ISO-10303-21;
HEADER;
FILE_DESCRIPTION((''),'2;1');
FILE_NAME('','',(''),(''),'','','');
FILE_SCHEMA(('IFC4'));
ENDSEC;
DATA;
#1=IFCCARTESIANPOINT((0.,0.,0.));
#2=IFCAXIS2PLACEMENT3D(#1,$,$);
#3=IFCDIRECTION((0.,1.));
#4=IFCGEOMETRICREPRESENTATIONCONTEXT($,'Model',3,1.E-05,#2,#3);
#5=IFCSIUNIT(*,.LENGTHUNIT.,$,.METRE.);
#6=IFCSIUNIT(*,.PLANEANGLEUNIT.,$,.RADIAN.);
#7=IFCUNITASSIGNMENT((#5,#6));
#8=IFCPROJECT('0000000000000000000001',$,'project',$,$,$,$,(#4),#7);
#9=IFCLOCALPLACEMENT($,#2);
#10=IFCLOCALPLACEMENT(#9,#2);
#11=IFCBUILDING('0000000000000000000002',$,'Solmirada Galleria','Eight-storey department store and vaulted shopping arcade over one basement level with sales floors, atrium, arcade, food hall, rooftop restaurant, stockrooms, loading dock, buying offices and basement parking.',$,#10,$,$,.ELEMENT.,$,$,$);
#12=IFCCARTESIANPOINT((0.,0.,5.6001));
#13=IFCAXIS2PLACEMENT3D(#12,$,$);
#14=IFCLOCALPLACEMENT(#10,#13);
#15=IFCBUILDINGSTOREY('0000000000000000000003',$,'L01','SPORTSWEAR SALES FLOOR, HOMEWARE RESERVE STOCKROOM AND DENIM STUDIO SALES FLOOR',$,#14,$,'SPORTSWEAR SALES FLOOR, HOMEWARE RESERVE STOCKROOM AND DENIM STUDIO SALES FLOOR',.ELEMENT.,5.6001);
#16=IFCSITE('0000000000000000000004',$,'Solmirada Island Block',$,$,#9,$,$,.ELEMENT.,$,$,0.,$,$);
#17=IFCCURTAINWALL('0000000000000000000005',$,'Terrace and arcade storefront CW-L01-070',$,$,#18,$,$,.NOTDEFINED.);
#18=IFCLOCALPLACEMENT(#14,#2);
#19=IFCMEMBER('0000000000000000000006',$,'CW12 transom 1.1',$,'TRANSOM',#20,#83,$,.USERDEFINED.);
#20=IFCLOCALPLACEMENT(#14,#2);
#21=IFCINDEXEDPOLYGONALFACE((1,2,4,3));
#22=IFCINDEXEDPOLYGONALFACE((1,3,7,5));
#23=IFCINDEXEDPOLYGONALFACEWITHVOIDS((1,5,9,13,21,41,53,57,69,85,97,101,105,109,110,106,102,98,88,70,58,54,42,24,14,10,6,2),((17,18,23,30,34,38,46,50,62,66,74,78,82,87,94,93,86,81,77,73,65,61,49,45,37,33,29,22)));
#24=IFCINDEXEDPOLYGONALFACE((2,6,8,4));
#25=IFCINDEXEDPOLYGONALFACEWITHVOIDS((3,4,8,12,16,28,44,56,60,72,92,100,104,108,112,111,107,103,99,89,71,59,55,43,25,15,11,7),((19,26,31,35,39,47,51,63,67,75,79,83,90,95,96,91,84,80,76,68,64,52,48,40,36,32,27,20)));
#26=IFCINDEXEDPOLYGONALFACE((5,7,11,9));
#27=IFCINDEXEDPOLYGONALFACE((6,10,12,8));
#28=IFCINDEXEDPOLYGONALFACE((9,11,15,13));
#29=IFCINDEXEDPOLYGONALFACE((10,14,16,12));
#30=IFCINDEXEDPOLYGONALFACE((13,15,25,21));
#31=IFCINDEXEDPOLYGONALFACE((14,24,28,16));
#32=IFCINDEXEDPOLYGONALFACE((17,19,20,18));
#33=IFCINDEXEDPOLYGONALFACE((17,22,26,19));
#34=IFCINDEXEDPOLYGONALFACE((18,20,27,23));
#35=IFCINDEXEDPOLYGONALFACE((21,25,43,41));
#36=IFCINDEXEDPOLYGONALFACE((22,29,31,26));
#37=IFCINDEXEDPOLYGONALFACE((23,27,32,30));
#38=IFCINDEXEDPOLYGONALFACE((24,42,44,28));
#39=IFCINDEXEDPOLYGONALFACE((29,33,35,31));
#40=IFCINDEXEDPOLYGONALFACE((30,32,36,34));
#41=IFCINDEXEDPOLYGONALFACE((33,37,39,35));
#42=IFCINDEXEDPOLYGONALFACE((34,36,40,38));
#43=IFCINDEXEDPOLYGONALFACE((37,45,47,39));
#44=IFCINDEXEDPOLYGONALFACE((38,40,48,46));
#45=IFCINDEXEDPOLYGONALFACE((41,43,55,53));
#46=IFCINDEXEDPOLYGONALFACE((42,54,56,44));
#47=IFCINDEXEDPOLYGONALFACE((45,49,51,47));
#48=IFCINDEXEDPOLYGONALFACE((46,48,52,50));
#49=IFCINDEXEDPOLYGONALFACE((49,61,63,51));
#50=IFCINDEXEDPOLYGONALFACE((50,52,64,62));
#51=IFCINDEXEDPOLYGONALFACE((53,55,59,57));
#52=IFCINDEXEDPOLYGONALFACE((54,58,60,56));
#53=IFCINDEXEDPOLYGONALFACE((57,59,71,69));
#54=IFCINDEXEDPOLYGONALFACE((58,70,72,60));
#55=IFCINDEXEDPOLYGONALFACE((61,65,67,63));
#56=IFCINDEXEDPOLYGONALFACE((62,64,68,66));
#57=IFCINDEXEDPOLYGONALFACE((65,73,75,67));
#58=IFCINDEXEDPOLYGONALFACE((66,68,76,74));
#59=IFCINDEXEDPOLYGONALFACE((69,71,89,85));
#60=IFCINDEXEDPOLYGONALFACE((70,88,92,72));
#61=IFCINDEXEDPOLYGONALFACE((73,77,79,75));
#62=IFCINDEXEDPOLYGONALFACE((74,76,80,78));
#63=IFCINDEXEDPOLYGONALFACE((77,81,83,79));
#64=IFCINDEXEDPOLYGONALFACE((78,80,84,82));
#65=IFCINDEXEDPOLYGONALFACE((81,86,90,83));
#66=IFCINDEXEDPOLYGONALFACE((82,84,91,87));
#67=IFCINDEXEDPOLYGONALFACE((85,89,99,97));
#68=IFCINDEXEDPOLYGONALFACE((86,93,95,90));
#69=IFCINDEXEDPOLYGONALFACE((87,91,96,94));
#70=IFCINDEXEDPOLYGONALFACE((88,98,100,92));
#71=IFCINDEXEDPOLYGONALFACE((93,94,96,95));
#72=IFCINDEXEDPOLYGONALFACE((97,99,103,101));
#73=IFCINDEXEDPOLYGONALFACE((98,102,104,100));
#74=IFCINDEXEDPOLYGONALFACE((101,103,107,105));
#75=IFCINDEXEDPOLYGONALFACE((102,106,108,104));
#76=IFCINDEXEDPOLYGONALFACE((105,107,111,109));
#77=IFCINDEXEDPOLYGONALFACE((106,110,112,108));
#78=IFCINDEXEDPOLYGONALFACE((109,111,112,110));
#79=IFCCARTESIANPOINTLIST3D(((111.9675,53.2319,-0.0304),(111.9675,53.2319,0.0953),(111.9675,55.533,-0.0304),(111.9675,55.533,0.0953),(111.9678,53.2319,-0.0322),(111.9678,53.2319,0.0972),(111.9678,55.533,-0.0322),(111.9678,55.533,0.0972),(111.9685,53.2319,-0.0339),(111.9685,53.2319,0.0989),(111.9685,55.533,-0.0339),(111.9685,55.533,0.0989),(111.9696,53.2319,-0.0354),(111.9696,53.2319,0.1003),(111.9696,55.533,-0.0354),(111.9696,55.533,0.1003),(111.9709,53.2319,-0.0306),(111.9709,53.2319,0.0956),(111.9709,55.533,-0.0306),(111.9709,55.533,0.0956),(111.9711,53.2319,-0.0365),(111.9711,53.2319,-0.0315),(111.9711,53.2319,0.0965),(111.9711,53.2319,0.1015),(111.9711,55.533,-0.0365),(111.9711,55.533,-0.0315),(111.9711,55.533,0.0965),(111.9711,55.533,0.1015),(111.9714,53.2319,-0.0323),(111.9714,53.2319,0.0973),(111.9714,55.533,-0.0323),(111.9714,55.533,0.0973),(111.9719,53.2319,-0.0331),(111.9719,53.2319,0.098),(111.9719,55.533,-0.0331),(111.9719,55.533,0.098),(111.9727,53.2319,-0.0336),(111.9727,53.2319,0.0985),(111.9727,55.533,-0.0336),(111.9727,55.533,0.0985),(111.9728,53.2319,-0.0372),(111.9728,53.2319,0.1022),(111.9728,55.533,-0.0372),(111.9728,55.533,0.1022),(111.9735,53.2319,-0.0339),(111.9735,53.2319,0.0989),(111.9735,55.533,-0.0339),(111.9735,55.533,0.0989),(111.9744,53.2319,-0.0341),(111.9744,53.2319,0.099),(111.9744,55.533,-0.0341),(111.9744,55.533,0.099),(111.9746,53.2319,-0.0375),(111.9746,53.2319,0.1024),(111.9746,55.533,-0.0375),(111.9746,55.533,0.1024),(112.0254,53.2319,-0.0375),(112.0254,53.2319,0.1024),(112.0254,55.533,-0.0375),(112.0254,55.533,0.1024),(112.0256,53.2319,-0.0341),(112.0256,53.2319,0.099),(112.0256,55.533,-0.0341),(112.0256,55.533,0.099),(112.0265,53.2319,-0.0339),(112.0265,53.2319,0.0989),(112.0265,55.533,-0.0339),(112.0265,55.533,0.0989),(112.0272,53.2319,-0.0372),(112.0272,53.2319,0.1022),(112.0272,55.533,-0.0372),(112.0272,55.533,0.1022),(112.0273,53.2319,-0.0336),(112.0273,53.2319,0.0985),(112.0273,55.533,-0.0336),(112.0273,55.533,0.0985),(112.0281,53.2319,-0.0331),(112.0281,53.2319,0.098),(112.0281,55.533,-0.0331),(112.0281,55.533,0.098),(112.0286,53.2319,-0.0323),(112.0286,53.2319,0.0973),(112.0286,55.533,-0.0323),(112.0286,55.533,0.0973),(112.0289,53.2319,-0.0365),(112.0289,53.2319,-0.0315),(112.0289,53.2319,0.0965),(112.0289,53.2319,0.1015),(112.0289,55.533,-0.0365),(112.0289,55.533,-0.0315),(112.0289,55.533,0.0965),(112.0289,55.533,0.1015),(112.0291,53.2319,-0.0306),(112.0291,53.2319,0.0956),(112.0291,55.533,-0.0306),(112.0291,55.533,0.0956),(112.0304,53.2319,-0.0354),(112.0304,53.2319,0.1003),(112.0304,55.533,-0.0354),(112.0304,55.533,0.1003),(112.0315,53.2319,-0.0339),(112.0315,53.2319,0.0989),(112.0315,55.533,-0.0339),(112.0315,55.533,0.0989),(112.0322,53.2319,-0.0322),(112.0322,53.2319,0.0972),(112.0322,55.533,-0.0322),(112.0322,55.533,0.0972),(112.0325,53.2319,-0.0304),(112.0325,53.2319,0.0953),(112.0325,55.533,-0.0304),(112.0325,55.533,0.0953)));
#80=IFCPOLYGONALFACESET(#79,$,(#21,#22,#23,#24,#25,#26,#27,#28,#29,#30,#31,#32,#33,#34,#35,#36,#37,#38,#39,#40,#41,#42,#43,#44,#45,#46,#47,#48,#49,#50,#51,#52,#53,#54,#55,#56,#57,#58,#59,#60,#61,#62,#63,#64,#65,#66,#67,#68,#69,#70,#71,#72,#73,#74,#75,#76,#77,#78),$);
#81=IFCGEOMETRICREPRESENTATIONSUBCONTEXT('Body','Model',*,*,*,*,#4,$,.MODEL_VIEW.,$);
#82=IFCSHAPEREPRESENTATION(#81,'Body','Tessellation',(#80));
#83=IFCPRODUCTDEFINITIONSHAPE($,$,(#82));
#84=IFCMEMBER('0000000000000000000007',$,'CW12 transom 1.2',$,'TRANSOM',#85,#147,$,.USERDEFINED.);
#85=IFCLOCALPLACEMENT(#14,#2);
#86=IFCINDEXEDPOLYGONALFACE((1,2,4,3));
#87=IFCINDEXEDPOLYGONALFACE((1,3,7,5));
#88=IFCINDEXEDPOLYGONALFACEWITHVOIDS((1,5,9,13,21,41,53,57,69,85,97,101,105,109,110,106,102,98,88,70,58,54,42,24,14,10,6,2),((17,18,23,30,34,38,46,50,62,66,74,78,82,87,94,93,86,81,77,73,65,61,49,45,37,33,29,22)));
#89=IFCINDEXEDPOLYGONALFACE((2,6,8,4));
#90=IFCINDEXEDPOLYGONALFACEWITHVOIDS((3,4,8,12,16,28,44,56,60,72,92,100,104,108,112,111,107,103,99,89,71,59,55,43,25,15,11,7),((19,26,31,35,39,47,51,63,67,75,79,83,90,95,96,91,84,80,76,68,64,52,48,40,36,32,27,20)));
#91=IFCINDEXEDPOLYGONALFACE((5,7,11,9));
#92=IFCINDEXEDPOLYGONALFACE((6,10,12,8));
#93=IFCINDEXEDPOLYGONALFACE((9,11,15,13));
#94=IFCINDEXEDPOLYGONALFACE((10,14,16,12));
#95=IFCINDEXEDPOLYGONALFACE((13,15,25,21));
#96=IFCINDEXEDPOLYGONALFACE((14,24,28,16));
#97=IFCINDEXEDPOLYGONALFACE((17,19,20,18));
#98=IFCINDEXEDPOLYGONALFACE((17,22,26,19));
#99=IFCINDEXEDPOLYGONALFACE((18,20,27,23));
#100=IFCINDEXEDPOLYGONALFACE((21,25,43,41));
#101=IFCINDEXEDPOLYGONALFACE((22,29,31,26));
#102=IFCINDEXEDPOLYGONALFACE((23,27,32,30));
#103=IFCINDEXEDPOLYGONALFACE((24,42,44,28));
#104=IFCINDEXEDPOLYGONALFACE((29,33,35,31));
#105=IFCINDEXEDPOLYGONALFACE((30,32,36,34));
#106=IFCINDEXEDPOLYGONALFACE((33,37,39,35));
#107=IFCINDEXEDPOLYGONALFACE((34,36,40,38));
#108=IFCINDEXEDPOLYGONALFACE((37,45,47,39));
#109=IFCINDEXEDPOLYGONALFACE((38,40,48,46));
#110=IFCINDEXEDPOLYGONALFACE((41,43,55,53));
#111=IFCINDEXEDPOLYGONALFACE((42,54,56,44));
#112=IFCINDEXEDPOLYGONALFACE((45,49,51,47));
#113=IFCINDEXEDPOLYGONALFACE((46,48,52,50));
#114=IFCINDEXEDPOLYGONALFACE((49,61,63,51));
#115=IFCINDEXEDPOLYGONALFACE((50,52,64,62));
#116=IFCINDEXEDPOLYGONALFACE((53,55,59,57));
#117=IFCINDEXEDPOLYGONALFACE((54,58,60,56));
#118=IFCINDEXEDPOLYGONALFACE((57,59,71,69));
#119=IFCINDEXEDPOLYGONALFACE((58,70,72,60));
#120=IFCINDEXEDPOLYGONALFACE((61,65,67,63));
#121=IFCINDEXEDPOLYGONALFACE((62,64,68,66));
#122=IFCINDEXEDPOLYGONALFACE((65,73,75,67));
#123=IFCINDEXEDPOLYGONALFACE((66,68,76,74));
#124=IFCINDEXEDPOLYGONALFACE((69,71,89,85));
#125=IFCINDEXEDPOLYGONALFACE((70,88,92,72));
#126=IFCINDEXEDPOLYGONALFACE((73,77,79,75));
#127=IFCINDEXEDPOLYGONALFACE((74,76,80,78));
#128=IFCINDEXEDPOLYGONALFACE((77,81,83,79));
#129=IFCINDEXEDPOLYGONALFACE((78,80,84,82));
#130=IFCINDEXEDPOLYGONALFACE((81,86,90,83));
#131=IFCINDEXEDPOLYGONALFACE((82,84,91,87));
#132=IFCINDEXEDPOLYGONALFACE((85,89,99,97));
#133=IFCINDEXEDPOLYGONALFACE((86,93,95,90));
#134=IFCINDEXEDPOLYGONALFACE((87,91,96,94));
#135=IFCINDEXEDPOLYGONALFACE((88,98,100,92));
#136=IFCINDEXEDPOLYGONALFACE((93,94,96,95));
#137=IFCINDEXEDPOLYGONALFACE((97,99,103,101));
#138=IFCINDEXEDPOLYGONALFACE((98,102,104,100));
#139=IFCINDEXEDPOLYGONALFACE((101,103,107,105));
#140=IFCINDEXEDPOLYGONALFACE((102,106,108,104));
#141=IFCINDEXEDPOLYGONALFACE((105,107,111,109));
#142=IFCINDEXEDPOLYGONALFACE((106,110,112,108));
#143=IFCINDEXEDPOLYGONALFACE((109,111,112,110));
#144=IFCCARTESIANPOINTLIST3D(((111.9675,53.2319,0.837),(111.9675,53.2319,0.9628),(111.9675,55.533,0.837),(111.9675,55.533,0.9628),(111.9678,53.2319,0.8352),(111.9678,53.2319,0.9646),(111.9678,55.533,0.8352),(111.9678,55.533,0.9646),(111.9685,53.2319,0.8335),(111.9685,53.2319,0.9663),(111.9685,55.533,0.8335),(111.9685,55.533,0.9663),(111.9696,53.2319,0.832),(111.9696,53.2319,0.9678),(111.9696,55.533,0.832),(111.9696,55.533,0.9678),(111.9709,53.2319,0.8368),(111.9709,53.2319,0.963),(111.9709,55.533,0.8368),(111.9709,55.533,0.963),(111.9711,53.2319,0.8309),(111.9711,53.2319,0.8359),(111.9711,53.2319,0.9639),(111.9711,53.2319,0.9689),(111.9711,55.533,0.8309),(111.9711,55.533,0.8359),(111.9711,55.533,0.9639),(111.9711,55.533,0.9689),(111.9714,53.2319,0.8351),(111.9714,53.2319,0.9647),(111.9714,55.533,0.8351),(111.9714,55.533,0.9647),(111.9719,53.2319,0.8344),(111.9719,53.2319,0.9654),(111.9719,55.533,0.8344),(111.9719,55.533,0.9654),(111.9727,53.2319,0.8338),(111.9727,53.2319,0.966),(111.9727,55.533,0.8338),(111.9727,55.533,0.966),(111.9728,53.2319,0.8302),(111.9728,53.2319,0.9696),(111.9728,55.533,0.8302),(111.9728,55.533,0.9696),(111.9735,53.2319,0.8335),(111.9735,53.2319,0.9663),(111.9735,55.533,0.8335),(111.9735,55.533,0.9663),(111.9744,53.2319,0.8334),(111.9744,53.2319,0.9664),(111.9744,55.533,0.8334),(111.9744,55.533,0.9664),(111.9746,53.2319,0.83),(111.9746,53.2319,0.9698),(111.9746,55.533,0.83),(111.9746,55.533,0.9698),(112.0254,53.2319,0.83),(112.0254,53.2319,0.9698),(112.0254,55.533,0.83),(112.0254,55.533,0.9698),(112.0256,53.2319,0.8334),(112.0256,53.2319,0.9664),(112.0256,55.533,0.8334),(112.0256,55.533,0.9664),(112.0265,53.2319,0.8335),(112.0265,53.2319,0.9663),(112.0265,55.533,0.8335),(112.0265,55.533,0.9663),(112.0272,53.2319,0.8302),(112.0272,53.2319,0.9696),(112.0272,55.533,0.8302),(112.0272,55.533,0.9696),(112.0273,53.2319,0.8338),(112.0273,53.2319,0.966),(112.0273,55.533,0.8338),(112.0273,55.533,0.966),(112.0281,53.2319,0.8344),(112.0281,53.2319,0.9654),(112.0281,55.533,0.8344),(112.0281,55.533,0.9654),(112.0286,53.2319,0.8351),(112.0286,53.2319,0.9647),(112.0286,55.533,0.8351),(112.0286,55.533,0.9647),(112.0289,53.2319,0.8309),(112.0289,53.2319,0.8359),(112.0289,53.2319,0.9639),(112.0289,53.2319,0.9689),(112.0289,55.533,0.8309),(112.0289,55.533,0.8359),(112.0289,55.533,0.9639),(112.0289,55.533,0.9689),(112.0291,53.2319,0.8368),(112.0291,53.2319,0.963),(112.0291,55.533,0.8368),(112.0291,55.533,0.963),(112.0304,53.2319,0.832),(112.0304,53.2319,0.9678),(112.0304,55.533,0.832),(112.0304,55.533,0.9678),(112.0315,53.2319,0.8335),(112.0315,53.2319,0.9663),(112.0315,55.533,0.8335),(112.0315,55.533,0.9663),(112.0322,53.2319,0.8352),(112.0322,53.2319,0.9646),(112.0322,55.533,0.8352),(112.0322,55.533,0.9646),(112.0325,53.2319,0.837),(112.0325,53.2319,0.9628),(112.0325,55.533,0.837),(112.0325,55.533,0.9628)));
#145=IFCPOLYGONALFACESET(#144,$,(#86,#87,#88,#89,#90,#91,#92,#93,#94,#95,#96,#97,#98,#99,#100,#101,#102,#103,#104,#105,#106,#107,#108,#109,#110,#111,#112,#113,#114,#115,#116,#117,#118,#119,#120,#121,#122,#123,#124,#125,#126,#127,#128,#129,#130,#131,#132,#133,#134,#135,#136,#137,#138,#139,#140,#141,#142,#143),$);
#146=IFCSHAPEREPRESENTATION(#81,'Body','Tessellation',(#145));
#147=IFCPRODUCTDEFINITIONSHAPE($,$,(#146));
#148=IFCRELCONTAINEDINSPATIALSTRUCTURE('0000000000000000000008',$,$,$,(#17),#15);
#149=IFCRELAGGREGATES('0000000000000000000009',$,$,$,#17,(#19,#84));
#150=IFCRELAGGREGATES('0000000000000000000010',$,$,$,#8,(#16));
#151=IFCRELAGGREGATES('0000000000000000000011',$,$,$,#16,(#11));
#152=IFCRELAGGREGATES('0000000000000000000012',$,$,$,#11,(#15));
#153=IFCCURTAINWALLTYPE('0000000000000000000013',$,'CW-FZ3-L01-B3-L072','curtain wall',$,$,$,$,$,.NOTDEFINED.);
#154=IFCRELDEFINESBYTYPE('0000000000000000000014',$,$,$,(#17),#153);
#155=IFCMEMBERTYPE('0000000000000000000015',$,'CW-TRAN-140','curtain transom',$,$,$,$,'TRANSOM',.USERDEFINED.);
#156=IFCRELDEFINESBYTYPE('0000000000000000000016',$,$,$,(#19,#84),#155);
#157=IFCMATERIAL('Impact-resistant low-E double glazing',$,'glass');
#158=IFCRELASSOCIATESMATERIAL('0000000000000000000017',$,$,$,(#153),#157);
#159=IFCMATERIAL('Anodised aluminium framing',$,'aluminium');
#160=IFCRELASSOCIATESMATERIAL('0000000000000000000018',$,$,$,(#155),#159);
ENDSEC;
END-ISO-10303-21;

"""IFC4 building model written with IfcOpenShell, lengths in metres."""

from ifc_helpers import new_model, si_unit, direction, frame, origin, origin_2d, place, context, subcontext, project, spatial, hollow_rectangle, extrude, material, material_profile, profile_set, type_object, element, aggregate, save


model = new_model("IFC4")

# Units and contexts
model_context = context("Model", 3, precision=1e-05, world=origin(), true_north=direction((0.0, 1.0)))
body_context = subcontext(model_context, "Body", "Model", "MODEL_VIEW")
ifc_project = project(units=[si_unit("LENGTHUNIT", "METRE"), si_unit("PLANEANGLEUNIT", "RADIAN")], contexts=[model_context])

# Site, building, storey
site_placement = place(None, origin())
site = spatial("IfcSite", under=ifc_project, at=site_placement, Name="Solmirada Island Block", CompositionType="ELEMENT", RefElevation=0.0)
building_placement = place(site_placement, origin())
building = spatial("IfcBuilding", under=site, at=building_placement, Name="Solmirada Galleria", Description="Eight-storey department store and vaulted shopping arcade over one basement level with sales floors, atrium, arcade, food hall, rooftop restaurant, stockrooms, loading dock, buying offices and basement parking.", CompositionType="ELEMENT")
storey_placement = place(building_placement, frame((0.0, 0.0, 5.6001)))
storey = spatial("IfcBuildingStorey", under=building, at=storey_placement, Name="L01", Description="SPORTSWEAR SALES FLOOR, HOMEWARE RESERVE STOCKROOM AND DENIM STUDIO SALES FLOOR", LongName="SPORTSWEAR SALES FLOOR, HOMEWARE RESERVE STOCKROOM AND DENIM STUDIO SALES FLOOR", CompositionType="ELEMENT", Elevation=5.6001)

# Curtain wall
ifc_material_1 = material(Name="Impact-resistant low-E double glazing", Category="glass")
curtain_wall_type = type_object("IfcCurtainWallType", Name="CW-FZ3-L01-B3-L072", Description="curtain wall", PredefinedType="NOTDEFINED", material=ifc_material_1)
ifc_material_2 = material(Name="Anodised aluminium framing", Category="aluminium")
curtain_wall_1_placement = place(storey_placement, origin())
curtain_wall_1 = element("IfcCurtainWall", 1, at=curtain_wall_1_placement, inside=storey, type_object=curtain_wall_type, Name="Terrace and arcade storefront CW-L01-070", PredefinedType="NOTDEFINED")

# Members
ifc_material_profile_1 = material_profile(ifc_material_2, hollow_rectangle(XDim=0.0649, YDim=0.1399, WallThickness=0.0034, InnerFilletRadius=0.0034, OuterFilletRadius=0.0071, at=origin_2d()), Name="ALU-TRAN-140X65")
ifc_profile_set_1 = profile_set([ifc_material_profile_1], Name="Anodised aluminium framing")
member_type_1 = type_object("IfcMemberType", Name="CW-TRAN-140", Description="curtain transom", ElementType="TRANSOM", PredefinedType="USERDEFINED", material=ifc_profile_set_1)
member_1_placement = place(storey_placement, frame((112.0, 55.533, 0.0325), z_axis=(0.0, -1.0, 0.0), x_axis=(1.0, 0.0, 0.0)))
member_1 = element("IfcMember", 2, at=member_1_placement, type_object=member_type_1, Name="CW12 transom 1.1", ObjectType="TRANSOM", PredefinedType="USERDEFINED", context=body_context, shape_type="SweptSolid", body=[
    extrude(hollow_rectangle(XDim=0.0649, YDim=0.1399, WallThickness=0.0034, InnerFilletRadius=0.0034, OuterFilletRadius=0.0071, at=origin_2d()), origin(), (0.0, 0.0, 1.0), 2.301),
])
member_2_placement = place(storey_placement, frame((112.0, 55.533, 0.8999), z_axis=(0.0, -1.0, 0.0), x_axis=(1.0, 0.0, 0.0)))
member_2 = element("IfcMember", 3, at=member_2_placement, type_object=member_type_1, Name="CW12 transom 1.2", ObjectType="TRANSOM", PredefinedType="USERDEFINED", context=body_context, shape_type="SweptSolid", body=[
    extrude(hollow_rectangle(XDim=0.0649, YDim=0.1399, WallThickness=0.0034, InnerFilletRadius=0.0034, OuterFilletRadius=0.0071, at=origin_2d()), origin(), (0.0, 0.0, 1.0), 2.301),
])

aggregate(curtain_wall_1, [member_1, member_2])

save(model, "model.ifc")
